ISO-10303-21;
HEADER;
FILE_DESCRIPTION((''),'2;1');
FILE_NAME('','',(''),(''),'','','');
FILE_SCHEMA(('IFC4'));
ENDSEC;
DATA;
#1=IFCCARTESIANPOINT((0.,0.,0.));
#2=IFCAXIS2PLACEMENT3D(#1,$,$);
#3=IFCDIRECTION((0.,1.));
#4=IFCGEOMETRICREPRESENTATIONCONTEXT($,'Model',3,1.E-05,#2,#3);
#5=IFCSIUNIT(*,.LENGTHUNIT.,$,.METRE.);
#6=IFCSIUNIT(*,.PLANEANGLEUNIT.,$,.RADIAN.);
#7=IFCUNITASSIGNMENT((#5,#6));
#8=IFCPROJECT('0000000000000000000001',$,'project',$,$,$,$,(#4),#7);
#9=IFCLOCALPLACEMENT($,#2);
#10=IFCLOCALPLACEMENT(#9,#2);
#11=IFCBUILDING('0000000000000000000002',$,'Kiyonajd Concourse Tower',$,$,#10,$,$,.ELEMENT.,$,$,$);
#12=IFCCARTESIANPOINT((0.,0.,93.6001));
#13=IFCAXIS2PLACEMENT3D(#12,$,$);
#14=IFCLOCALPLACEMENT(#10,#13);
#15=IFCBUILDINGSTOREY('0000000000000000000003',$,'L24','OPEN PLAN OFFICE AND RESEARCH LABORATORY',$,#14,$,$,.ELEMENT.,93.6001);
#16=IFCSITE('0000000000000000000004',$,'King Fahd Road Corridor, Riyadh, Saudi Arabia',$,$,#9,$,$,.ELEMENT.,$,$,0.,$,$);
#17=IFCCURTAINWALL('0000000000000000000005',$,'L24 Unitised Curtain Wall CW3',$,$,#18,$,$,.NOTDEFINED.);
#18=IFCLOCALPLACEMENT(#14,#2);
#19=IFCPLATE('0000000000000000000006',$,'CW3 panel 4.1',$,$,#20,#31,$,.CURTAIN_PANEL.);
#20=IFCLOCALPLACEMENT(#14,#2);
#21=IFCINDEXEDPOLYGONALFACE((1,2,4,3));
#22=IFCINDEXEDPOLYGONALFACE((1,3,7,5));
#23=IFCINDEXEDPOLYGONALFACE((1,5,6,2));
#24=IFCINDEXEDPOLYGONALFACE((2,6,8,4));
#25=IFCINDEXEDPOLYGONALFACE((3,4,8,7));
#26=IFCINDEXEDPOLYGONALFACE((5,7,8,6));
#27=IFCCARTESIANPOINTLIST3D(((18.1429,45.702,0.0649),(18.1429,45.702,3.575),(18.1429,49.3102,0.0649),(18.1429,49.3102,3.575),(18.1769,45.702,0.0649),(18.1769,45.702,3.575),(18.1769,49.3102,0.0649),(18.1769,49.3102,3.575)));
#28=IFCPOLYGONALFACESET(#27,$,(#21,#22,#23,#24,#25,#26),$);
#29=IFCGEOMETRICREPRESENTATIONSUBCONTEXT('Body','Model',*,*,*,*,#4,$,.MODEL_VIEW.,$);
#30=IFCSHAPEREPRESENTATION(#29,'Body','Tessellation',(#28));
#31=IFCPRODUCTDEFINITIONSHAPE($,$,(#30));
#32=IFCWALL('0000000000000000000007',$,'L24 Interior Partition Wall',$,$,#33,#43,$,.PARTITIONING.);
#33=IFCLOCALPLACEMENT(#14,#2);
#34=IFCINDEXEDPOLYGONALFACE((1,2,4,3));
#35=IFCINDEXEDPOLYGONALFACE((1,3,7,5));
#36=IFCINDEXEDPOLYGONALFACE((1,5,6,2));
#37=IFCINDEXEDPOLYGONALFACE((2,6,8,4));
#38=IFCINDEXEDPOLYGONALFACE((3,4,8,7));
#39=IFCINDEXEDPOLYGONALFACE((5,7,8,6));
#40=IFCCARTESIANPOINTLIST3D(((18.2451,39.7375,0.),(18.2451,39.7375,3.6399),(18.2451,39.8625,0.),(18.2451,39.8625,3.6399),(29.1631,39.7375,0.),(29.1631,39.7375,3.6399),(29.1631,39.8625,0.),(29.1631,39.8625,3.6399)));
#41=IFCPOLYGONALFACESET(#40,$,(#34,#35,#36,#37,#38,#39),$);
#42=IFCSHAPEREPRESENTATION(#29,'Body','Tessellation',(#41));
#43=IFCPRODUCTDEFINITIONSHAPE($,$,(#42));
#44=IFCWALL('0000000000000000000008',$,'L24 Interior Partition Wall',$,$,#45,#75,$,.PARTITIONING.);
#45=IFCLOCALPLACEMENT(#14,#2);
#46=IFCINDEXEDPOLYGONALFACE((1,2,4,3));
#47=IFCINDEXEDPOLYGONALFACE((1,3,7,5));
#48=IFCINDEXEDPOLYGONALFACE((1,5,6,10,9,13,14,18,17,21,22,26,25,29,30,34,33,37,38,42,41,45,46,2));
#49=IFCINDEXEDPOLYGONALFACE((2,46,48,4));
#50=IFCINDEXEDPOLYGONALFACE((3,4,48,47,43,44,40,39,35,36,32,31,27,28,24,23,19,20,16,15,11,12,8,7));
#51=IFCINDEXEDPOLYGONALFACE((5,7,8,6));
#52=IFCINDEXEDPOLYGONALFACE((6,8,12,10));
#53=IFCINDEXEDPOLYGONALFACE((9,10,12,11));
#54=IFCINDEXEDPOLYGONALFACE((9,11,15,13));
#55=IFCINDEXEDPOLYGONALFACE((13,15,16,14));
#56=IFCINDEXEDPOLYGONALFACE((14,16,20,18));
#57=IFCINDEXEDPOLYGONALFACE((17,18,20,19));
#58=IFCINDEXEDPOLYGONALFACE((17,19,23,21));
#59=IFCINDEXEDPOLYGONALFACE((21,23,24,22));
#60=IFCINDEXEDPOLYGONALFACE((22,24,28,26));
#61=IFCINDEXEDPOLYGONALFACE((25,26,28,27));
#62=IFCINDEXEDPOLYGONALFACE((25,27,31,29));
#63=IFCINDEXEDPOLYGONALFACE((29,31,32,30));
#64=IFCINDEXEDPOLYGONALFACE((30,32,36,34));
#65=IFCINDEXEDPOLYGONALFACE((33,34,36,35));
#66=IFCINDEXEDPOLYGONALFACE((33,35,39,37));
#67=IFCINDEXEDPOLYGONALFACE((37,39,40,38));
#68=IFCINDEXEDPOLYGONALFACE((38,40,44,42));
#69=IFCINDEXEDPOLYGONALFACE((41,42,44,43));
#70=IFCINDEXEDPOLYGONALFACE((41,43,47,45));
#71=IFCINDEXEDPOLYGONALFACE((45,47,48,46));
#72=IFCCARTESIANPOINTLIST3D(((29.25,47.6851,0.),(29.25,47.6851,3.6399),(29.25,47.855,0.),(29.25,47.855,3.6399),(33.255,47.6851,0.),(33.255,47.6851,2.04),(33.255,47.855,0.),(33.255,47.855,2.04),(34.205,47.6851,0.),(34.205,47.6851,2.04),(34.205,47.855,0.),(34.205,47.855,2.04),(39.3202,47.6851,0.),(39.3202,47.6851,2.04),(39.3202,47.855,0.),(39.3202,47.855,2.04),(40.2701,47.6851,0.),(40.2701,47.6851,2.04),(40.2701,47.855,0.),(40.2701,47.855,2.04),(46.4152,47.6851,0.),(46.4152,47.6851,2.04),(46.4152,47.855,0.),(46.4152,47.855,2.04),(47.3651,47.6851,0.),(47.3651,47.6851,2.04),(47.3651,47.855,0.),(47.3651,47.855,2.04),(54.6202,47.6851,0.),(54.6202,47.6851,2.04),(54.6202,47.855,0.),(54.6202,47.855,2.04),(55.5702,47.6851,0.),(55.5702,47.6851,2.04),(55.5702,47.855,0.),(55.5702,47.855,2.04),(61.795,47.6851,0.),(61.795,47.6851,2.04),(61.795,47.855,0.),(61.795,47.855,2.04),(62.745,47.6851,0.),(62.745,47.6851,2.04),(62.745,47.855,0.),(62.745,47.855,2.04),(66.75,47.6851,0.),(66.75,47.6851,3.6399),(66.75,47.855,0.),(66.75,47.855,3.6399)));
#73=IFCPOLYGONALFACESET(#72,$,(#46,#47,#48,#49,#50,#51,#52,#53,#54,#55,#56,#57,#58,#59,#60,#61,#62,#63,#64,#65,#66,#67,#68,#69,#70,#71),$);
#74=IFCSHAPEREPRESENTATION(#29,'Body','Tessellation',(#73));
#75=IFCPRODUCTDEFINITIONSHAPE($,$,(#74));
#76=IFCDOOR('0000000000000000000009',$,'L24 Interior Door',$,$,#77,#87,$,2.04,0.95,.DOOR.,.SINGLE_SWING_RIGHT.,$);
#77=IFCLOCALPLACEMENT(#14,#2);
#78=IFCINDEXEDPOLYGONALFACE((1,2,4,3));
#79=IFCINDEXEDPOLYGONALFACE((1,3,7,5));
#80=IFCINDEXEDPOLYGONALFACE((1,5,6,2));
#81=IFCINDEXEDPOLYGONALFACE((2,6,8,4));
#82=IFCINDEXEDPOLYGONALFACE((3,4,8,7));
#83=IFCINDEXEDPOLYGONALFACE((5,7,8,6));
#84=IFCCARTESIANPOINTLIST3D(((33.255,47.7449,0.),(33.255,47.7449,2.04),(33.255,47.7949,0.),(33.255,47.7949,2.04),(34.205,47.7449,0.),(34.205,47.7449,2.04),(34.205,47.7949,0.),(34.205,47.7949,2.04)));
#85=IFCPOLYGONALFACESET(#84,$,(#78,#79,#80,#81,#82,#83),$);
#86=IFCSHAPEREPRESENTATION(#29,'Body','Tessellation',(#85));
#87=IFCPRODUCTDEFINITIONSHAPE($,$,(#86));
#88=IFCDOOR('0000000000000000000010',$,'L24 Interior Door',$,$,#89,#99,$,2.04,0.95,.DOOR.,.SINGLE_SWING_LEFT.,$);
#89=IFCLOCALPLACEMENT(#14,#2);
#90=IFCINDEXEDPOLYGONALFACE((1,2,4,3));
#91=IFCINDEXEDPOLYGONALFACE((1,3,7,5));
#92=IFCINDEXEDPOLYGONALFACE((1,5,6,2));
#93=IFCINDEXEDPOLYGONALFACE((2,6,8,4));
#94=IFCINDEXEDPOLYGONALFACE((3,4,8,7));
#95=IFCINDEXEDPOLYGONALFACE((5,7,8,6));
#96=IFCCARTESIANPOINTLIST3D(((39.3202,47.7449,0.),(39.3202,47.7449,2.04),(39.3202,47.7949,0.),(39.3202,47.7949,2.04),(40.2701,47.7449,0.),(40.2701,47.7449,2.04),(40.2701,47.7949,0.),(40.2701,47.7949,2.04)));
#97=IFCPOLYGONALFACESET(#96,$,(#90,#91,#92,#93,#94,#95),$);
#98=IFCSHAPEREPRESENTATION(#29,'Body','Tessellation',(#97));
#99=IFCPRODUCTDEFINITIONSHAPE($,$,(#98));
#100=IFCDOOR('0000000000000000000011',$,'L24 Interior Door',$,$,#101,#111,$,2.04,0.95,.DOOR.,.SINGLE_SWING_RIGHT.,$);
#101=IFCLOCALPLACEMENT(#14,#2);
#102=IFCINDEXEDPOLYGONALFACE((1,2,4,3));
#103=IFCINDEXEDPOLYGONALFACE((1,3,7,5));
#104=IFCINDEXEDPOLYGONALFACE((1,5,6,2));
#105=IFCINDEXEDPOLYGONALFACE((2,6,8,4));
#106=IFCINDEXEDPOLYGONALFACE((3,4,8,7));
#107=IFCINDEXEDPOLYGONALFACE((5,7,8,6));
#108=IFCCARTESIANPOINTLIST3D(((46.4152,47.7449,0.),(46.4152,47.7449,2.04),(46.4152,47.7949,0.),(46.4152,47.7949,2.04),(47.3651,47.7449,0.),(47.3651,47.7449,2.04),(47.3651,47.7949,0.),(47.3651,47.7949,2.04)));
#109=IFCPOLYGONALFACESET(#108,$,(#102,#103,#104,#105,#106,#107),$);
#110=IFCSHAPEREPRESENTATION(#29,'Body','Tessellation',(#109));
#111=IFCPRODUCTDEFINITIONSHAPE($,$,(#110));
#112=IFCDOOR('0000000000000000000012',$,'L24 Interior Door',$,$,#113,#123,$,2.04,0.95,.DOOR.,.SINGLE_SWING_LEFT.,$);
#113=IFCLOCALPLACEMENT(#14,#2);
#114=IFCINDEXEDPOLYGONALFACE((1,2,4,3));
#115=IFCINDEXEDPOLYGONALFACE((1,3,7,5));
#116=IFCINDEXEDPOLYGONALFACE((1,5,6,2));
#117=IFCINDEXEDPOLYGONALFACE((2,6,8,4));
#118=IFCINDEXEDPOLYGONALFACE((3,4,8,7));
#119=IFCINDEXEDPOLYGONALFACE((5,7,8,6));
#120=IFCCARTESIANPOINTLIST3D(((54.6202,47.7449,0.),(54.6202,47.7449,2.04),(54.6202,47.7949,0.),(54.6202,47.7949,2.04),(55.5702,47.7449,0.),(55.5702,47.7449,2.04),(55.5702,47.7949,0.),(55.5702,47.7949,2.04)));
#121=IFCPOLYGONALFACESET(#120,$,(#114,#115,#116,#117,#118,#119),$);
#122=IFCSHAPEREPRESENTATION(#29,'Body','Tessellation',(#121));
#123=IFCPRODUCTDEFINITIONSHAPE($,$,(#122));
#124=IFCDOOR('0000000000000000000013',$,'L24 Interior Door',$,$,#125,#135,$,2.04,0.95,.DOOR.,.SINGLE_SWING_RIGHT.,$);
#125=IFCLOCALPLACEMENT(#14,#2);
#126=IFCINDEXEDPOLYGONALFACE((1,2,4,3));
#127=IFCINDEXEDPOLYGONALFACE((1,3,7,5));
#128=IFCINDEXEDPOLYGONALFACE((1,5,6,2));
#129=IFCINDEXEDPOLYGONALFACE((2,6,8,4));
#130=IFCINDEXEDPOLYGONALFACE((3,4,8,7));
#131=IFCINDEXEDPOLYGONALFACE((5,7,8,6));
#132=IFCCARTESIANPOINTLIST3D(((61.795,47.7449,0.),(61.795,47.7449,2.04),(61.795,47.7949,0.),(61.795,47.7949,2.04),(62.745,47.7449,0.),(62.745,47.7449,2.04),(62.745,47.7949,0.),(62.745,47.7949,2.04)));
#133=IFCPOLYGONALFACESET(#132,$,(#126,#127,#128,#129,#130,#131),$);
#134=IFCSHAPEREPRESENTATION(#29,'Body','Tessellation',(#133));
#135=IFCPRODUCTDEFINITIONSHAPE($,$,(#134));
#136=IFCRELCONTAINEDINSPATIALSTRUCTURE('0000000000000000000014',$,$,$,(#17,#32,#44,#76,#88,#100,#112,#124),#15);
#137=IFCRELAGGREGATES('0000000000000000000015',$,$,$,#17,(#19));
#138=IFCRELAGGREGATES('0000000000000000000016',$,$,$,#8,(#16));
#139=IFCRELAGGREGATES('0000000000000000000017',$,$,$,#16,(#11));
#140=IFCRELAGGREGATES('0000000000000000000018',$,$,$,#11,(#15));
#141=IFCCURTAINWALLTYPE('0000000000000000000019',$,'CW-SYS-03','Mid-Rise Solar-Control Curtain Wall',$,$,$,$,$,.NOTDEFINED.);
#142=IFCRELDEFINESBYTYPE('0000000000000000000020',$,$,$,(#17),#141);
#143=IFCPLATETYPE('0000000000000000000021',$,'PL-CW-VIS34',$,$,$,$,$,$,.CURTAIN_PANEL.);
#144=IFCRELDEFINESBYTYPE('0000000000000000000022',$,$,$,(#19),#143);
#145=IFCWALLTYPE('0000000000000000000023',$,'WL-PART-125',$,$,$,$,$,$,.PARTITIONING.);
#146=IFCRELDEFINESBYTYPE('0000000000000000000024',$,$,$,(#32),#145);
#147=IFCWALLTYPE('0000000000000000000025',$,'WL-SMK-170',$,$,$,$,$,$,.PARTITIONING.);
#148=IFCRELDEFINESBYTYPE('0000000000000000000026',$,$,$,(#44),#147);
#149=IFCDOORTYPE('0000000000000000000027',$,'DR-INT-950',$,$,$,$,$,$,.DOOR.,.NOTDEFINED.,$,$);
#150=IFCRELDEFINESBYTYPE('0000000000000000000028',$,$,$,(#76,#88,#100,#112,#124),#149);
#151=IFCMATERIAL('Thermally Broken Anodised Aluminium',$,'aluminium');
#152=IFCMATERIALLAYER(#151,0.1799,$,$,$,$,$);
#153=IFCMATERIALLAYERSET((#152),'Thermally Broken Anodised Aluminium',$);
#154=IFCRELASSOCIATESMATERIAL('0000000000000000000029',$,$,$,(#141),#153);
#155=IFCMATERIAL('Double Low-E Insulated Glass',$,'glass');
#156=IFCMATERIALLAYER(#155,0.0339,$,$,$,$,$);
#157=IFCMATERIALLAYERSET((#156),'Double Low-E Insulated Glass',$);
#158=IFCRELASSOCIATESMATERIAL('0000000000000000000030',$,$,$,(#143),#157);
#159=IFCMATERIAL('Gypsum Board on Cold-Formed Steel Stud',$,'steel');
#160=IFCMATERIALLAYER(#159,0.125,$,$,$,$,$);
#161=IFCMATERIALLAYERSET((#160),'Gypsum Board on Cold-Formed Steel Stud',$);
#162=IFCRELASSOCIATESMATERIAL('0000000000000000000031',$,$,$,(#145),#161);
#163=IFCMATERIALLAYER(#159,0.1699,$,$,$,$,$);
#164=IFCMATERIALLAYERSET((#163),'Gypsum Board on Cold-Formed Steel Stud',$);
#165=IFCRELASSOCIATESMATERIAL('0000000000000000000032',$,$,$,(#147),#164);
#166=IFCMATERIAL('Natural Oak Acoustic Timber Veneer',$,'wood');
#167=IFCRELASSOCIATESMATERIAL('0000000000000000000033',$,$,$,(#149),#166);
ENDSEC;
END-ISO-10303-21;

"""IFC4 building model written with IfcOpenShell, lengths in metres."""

from ifc_helpers import new_model, si_unit, direction, frame, frame_2d, origin, origin_2d, place, context, subcontext, project, spatial, rectangle, extrude, material, layer, layer_set, type_object, element, fill, aggregate, save


model = new_model("IFC4")

# Units and contexts
model_context = context("Model", 3, precision=1e-05, world=origin(), true_north=direction((0.0, 1.0)))
body_context = subcontext(model_context, "Body", "Model", "MODEL_VIEW")
ifc_project = project(units=[si_unit("LENGTHUNIT", "METRE"), si_unit("PLANEANGLEUNIT", "RADIAN")], contexts=[model_context])

# Site, building, storey
site_placement = place(None, origin())
site = spatial("IfcSite", under=ifc_project, at=site_placement, Name="King Fahd Road Corridor, Riyadh, Saudi Arabia", CompositionType="ELEMENT", RefElevation=0.0)
building_placement = place(site_placement, origin())
building = spatial("IfcBuilding", under=site, at=building_placement, Name="Kiyonajd Concourse Tower", CompositionType="ELEMENT")
storey_placement = place(building_placement, frame((0.0, 0.0, 93.6001)))
storey = spatial("IfcBuildingStorey", under=building, at=storey_placement, Name="L24", Description="OPEN PLAN OFFICE AND RESEARCH LABORATORY", CompositionType="ELEMENT", Elevation=93.6001)

# Curtain wall, plate
ifc_material_1 = material(Name="Thermally Broken Anodised Aluminium", Category="aluminium")
ifc_layer_1 = layer(ifc_material_1, 0.1799)
ifc_layer_set_1 = layer_set([ifc_layer_1], Name="Thermally Broken Anodised Aluminium")
curtain_wall_type = type_object("IfcCurtainWallType", Name="CW-SYS-03", Description="Mid-Rise Solar-Control Curtain Wall", PredefinedType="NOTDEFINED", material=ifc_layer_set_1)
curtain_wall_placement = place(storey_placement, origin())
curtain_wall = element("IfcCurtainWall", 1, at=curtain_wall_placement, inside=storey, type_object=curtain_wall_type, Name="L24 Unitised Curtain Wall CW3", PredefinedType="NOTDEFINED")
ifc_material_2 = material(Name="Double Low-E Insulated Glass", Category="glass")
ifc_layer_2 = layer(ifc_material_2, 0.0339)
ifc_layer_set_2 = layer_set([ifc_layer_2], Name="Double Low-E Insulated Glass")
plate_type = type_object("IfcPlateType", Name="PL-CW-VIS34", PredefinedType="CURTAIN_PANEL", material=ifc_layer_set_2)
plate_1_placement = place(storey_placement, frame((18.1599, 47.5061, 0.0649), z_axis=(0.0, 0.0, 1.0), x_axis=(0.0, 1.0, 0.0)))
plate_1 = element("IfcPlate", 2, at=plate_1_placement, type_object=plate_type, Name="CW3 panel 4.1", PredefinedType="CURTAIN_PANEL", context=body_context, shape_type="SweptSolid", body=[
    extrude(rectangle(XDim=3.6082, YDim=0.0339, at=origin_2d()), origin(), (0.0, 0.0, 1.0), 3.51),
])
aggregate(curtain_wall, [plate_1])

# Wall
ifc_material_3 = material(Name="Gypsum Board on Cold-Formed Steel Stud", Category="steel")
ifc_layer_3 = layer(ifc_material_3, 0.125)
ifc_layer_set_3 = layer_set([ifc_layer_3], Name="Gypsum Board on Cold-Formed Steel Stud")
wall_type_1 = type_object("IfcWallType", Name="WL-PART-125", PredefinedType="PARTITIONING", material=ifc_layer_set_3)
wall_1_placement = place(storey_placement, frame((18.2451, 39.8, 0.0), z_axis=(0.0, 0.0, 1.0), x_axis=(1.0, 0.0, 0.0)))
element("IfcWall", 3, at=wall_1_placement, inside=storey, type_object=wall_type_1, Name="L24 Interior Partition Wall", PredefinedType="PARTITIONING", context=body_context, shape_type="SweptSolid", body=[
    extrude(rectangle(XDim=10.918, YDim=0.125, at=frame_2d((5.459, 0.0))), origin(), (0.0, 0.0, 1.0), 3.6399),
])

# Wall, openings, doors
ifc_layer_4 = layer(ifc_material_3, 0.1699)
ifc_layer_set_4 = layer_set([ifc_layer_4], Name="Gypsum Board on Cold-Formed Steel Stud")
wall_type_2 = type_object("IfcWallType", Name="WL-SMK-170", PredefinedType="PARTITIONING", material=ifc_layer_set_4)
wall_2_placement = place(storey_placement, frame((29.25, 47.77, 0.0), z_axis=(0.0, 0.0, 1.0), x_axis=(1.0, 0.0, 0.0)))
wall_2 = element("IfcWall", 4, at=wall_2_placement, inside=storey, type_object=wall_type_2, Name="L24 Interior Partition Wall", PredefinedType="PARTITIONING", context=body_context, shape_type="SweptSolid", body=[
    extrude(rectangle(XDim=37.5, YDim=0.1699, at=frame_2d((18.75, 0.0))), origin(), (0.0, 0.0, 1.0), 3.6399),
])
opening_1_placement = place(wall_2_placement, frame((4.0049, 0.0, 0.0)))
opening_1 = element("IfcOpeningElement", 5, at=opening_1_placement, cuts=wall_2, PredefinedType="OPENING", context=body_context, shape_type="SweptSolid", body=[
    extrude(rectangle(XDim=0.95, YDim=2.04, at=frame_2d((0.4751, 1.02))), frame((0.0, 0.095, 0.0), z_axis=(0.0, -1.0, 0.0), x_axis=(1.0, 0.0, 0.0)), (0.0, 0.0, 1.0), 0.1899),
])
opening_2_placement = place(wall_2_placement, frame((10.0701, 0.0, 0.0)))
opening_2 = element("IfcOpeningElement", 6, at=opening_2_placement, cuts=wall_2, PredefinedType="OPENING", context=body_context, shape_type="SweptSolid", body=[
    extrude(rectangle(XDim=0.95, YDim=2.04, at=frame_2d((0.4751, 1.02))), frame((0.0, 0.095, 0.0), z_axis=(0.0, -1.0, 0.0), x_axis=(1.0, 0.0, 0.0)), (0.0, 0.0, 1.0), 0.1899),
])
opening_3_placement = place(wall_2_placement, frame((17.165, 0.0, 0.0)))
opening_3 = element("IfcOpeningElement", 7, at=opening_3_placement, cuts=wall_2, PredefinedType="OPENING", context=body_context, shape_type="SweptSolid", body=[
    extrude(rectangle(XDim=0.95, YDim=2.04, at=frame_2d((0.4751, 1.02))), frame((0.0, 0.095, 0.0), z_axis=(0.0, -1.0, 0.0), x_axis=(1.0, 0.0, 0.0)), (0.0, 0.0, 1.0), 0.1899),
])
opening_4_placement = place(wall_2_placement, frame((25.3701, 0.0, 0.0)))
opening_4 = element("IfcOpeningElement", 8, at=opening_4_placement, cuts=wall_2, PredefinedType="OPENING", context=body_context, shape_type="SweptSolid", body=[
    extrude(rectangle(XDim=0.95, YDim=2.04, at=frame_2d((0.4751, 1.02))), frame((0.0, 0.095, 0.0), z_axis=(0.0, -1.0, 0.0), x_axis=(1.0, 0.0, 0.0)), (0.0, 0.0, 1.0), 0.1899),
])
opening_5_placement = place(wall_2_placement, frame((32.5449, 0.0, 0.0)))
opening_5 = element("IfcOpeningElement", 9, at=opening_5_placement, cuts=wall_2, PredefinedType="OPENING", context=body_context, shape_type="SweptSolid", body=[
    extrude(rectangle(XDim=0.95, YDim=2.04, at=frame_2d((0.4751, 1.02))), frame((0.0, 0.095, 0.0), z_axis=(0.0, -1.0, 0.0), x_axis=(1.0, 0.0, 0.0)), (0.0, 0.0, 1.0), 0.1899),
])
ifc_material_4 = material(Name="Natural Oak Acoustic Timber Veneer", Category="wood")
door_type = type_object("IfcDoorType", Name="DR-INT-950", OperationType="NOTDEFINED", PredefinedType="DOOR", material=ifc_material_4)
door_1_placement = place(opening_1_placement, origin())
door_1 = element("IfcDoor", 10, at=door_1_placement, inside=storey, type_object=door_type, Name="L24 Interior Door", OperationType="SINGLE_SWING_RIGHT", OverallHeight=2.04, OverallWidth=0.95, PredefinedType="DOOR", context=body_context, shape_type="SweptSolid", body=[
    extrude(rectangle(XDim=0.95, YDim=2.04, at=frame_2d((0.4751, 1.02))), frame((0.0, 0.0249, 0.0), z_axis=(0.0, -1.0, 0.0), x_axis=(1.0, 0.0, 0.0)), (0.0, 0.0, 1.0), 0.05),
])
fill(opening_1, door_1)
door_2_placement = place(opening_2_placement, origin())
door_2 = element("IfcDoor", 11, at=door_2_placement, inside=storey, type_object=door_type, Name="L24 Interior Door", OperationType="SINGLE_SWING_LEFT", OverallHeight=2.04, OverallWidth=0.95, PredefinedType="DOOR", context=body_context, shape_type="SweptSolid", body=[
    extrude(rectangle(XDim=0.95, YDim=2.04, at=frame_2d((0.4751, 1.02))), frame((0.0, 0.0249, 0.0), z_axis=(0.0, -1.0, 0.0), x_axis=(1.0, 0.0, 0.0)), (0.0, 0.0, 1.0), 0.05),
])
fill(opening_2, door_2)
door_3_placement = place(opening_3_placement, origin())
door_3 = element("IfcDoor", 12, at=door_3_placement, inside=storey, type_object=door_type, Name="L24 Interior Door", OperationType="SINGLE_SWING_RIGHT", OverallHeight=2.04, OverallWidth=0.95, PredefinedType="DOOR", context=body_context, shape_type="SweptSolid", body=[
    extrude(rectangle(XDim=0.95, YDim=2.04, at=frame_2d((0.4751, 1.02))), frame((0.0, 0.0249, 0.0), z_axis=(0.0, -1.0, 0.0), x_axis=(1.0, 0.0, 0.0)), (0.0, 0.0, 1.0), 0.05),
])
fill(opening_3, door_3)
door_4_placement = place(opening_4_placement, origin())
door_4 = element("IfcDoor", 13, at=door_4_placement, inside=storey, type_object=door_type, Name="L24 Interior Door", OperationType="SINGLE_SWING_LEFT", OverallHeight=2.04, OverallWidth=0.95, PredefinedType="DOOR", context=body_context, shape_type="SweptSolid", body=[
    extrude(rectangle(XDim=0.95, YDim=2.04, at=frame_2d((0.4751, 1.02))), frame((0.0, 0.0249, 0.0), z_axis=(0.0, -1.0, 0.0), x_axis=(1.0, 0.0, 0.0)), (0.0, 0.0, 1.0), 0.05),
])
fill(opening_4, door_4)
door_5_placement = place(opening_5_placement, origin())
door_5 = element("IfcDoor", 14, at=door_5_placement, inside=storey, type_object=door_type, Name="L24 Interior Door", OperationType="SINGLE_SWING_RIGHT", OverallHeight=2.04, OverallWidth=0.95, PredefinedType="DOOR", context=body_context, shape_type="SweptSolid", body=[
    extrude(rectangle(XDim=0.95, YDim=2.04, at=frame_2d((0.4751, 1.02))), frame((0.0, 0.0249, 0.0), z_axis=(0.0, -1.0, 0.0), x_axis=(1.0, 0.0, 0.0)), (0.0, 0.0, 1.0), 0.05),
])
fill(opening_5, door_5)

save(model, "model.ifc")
